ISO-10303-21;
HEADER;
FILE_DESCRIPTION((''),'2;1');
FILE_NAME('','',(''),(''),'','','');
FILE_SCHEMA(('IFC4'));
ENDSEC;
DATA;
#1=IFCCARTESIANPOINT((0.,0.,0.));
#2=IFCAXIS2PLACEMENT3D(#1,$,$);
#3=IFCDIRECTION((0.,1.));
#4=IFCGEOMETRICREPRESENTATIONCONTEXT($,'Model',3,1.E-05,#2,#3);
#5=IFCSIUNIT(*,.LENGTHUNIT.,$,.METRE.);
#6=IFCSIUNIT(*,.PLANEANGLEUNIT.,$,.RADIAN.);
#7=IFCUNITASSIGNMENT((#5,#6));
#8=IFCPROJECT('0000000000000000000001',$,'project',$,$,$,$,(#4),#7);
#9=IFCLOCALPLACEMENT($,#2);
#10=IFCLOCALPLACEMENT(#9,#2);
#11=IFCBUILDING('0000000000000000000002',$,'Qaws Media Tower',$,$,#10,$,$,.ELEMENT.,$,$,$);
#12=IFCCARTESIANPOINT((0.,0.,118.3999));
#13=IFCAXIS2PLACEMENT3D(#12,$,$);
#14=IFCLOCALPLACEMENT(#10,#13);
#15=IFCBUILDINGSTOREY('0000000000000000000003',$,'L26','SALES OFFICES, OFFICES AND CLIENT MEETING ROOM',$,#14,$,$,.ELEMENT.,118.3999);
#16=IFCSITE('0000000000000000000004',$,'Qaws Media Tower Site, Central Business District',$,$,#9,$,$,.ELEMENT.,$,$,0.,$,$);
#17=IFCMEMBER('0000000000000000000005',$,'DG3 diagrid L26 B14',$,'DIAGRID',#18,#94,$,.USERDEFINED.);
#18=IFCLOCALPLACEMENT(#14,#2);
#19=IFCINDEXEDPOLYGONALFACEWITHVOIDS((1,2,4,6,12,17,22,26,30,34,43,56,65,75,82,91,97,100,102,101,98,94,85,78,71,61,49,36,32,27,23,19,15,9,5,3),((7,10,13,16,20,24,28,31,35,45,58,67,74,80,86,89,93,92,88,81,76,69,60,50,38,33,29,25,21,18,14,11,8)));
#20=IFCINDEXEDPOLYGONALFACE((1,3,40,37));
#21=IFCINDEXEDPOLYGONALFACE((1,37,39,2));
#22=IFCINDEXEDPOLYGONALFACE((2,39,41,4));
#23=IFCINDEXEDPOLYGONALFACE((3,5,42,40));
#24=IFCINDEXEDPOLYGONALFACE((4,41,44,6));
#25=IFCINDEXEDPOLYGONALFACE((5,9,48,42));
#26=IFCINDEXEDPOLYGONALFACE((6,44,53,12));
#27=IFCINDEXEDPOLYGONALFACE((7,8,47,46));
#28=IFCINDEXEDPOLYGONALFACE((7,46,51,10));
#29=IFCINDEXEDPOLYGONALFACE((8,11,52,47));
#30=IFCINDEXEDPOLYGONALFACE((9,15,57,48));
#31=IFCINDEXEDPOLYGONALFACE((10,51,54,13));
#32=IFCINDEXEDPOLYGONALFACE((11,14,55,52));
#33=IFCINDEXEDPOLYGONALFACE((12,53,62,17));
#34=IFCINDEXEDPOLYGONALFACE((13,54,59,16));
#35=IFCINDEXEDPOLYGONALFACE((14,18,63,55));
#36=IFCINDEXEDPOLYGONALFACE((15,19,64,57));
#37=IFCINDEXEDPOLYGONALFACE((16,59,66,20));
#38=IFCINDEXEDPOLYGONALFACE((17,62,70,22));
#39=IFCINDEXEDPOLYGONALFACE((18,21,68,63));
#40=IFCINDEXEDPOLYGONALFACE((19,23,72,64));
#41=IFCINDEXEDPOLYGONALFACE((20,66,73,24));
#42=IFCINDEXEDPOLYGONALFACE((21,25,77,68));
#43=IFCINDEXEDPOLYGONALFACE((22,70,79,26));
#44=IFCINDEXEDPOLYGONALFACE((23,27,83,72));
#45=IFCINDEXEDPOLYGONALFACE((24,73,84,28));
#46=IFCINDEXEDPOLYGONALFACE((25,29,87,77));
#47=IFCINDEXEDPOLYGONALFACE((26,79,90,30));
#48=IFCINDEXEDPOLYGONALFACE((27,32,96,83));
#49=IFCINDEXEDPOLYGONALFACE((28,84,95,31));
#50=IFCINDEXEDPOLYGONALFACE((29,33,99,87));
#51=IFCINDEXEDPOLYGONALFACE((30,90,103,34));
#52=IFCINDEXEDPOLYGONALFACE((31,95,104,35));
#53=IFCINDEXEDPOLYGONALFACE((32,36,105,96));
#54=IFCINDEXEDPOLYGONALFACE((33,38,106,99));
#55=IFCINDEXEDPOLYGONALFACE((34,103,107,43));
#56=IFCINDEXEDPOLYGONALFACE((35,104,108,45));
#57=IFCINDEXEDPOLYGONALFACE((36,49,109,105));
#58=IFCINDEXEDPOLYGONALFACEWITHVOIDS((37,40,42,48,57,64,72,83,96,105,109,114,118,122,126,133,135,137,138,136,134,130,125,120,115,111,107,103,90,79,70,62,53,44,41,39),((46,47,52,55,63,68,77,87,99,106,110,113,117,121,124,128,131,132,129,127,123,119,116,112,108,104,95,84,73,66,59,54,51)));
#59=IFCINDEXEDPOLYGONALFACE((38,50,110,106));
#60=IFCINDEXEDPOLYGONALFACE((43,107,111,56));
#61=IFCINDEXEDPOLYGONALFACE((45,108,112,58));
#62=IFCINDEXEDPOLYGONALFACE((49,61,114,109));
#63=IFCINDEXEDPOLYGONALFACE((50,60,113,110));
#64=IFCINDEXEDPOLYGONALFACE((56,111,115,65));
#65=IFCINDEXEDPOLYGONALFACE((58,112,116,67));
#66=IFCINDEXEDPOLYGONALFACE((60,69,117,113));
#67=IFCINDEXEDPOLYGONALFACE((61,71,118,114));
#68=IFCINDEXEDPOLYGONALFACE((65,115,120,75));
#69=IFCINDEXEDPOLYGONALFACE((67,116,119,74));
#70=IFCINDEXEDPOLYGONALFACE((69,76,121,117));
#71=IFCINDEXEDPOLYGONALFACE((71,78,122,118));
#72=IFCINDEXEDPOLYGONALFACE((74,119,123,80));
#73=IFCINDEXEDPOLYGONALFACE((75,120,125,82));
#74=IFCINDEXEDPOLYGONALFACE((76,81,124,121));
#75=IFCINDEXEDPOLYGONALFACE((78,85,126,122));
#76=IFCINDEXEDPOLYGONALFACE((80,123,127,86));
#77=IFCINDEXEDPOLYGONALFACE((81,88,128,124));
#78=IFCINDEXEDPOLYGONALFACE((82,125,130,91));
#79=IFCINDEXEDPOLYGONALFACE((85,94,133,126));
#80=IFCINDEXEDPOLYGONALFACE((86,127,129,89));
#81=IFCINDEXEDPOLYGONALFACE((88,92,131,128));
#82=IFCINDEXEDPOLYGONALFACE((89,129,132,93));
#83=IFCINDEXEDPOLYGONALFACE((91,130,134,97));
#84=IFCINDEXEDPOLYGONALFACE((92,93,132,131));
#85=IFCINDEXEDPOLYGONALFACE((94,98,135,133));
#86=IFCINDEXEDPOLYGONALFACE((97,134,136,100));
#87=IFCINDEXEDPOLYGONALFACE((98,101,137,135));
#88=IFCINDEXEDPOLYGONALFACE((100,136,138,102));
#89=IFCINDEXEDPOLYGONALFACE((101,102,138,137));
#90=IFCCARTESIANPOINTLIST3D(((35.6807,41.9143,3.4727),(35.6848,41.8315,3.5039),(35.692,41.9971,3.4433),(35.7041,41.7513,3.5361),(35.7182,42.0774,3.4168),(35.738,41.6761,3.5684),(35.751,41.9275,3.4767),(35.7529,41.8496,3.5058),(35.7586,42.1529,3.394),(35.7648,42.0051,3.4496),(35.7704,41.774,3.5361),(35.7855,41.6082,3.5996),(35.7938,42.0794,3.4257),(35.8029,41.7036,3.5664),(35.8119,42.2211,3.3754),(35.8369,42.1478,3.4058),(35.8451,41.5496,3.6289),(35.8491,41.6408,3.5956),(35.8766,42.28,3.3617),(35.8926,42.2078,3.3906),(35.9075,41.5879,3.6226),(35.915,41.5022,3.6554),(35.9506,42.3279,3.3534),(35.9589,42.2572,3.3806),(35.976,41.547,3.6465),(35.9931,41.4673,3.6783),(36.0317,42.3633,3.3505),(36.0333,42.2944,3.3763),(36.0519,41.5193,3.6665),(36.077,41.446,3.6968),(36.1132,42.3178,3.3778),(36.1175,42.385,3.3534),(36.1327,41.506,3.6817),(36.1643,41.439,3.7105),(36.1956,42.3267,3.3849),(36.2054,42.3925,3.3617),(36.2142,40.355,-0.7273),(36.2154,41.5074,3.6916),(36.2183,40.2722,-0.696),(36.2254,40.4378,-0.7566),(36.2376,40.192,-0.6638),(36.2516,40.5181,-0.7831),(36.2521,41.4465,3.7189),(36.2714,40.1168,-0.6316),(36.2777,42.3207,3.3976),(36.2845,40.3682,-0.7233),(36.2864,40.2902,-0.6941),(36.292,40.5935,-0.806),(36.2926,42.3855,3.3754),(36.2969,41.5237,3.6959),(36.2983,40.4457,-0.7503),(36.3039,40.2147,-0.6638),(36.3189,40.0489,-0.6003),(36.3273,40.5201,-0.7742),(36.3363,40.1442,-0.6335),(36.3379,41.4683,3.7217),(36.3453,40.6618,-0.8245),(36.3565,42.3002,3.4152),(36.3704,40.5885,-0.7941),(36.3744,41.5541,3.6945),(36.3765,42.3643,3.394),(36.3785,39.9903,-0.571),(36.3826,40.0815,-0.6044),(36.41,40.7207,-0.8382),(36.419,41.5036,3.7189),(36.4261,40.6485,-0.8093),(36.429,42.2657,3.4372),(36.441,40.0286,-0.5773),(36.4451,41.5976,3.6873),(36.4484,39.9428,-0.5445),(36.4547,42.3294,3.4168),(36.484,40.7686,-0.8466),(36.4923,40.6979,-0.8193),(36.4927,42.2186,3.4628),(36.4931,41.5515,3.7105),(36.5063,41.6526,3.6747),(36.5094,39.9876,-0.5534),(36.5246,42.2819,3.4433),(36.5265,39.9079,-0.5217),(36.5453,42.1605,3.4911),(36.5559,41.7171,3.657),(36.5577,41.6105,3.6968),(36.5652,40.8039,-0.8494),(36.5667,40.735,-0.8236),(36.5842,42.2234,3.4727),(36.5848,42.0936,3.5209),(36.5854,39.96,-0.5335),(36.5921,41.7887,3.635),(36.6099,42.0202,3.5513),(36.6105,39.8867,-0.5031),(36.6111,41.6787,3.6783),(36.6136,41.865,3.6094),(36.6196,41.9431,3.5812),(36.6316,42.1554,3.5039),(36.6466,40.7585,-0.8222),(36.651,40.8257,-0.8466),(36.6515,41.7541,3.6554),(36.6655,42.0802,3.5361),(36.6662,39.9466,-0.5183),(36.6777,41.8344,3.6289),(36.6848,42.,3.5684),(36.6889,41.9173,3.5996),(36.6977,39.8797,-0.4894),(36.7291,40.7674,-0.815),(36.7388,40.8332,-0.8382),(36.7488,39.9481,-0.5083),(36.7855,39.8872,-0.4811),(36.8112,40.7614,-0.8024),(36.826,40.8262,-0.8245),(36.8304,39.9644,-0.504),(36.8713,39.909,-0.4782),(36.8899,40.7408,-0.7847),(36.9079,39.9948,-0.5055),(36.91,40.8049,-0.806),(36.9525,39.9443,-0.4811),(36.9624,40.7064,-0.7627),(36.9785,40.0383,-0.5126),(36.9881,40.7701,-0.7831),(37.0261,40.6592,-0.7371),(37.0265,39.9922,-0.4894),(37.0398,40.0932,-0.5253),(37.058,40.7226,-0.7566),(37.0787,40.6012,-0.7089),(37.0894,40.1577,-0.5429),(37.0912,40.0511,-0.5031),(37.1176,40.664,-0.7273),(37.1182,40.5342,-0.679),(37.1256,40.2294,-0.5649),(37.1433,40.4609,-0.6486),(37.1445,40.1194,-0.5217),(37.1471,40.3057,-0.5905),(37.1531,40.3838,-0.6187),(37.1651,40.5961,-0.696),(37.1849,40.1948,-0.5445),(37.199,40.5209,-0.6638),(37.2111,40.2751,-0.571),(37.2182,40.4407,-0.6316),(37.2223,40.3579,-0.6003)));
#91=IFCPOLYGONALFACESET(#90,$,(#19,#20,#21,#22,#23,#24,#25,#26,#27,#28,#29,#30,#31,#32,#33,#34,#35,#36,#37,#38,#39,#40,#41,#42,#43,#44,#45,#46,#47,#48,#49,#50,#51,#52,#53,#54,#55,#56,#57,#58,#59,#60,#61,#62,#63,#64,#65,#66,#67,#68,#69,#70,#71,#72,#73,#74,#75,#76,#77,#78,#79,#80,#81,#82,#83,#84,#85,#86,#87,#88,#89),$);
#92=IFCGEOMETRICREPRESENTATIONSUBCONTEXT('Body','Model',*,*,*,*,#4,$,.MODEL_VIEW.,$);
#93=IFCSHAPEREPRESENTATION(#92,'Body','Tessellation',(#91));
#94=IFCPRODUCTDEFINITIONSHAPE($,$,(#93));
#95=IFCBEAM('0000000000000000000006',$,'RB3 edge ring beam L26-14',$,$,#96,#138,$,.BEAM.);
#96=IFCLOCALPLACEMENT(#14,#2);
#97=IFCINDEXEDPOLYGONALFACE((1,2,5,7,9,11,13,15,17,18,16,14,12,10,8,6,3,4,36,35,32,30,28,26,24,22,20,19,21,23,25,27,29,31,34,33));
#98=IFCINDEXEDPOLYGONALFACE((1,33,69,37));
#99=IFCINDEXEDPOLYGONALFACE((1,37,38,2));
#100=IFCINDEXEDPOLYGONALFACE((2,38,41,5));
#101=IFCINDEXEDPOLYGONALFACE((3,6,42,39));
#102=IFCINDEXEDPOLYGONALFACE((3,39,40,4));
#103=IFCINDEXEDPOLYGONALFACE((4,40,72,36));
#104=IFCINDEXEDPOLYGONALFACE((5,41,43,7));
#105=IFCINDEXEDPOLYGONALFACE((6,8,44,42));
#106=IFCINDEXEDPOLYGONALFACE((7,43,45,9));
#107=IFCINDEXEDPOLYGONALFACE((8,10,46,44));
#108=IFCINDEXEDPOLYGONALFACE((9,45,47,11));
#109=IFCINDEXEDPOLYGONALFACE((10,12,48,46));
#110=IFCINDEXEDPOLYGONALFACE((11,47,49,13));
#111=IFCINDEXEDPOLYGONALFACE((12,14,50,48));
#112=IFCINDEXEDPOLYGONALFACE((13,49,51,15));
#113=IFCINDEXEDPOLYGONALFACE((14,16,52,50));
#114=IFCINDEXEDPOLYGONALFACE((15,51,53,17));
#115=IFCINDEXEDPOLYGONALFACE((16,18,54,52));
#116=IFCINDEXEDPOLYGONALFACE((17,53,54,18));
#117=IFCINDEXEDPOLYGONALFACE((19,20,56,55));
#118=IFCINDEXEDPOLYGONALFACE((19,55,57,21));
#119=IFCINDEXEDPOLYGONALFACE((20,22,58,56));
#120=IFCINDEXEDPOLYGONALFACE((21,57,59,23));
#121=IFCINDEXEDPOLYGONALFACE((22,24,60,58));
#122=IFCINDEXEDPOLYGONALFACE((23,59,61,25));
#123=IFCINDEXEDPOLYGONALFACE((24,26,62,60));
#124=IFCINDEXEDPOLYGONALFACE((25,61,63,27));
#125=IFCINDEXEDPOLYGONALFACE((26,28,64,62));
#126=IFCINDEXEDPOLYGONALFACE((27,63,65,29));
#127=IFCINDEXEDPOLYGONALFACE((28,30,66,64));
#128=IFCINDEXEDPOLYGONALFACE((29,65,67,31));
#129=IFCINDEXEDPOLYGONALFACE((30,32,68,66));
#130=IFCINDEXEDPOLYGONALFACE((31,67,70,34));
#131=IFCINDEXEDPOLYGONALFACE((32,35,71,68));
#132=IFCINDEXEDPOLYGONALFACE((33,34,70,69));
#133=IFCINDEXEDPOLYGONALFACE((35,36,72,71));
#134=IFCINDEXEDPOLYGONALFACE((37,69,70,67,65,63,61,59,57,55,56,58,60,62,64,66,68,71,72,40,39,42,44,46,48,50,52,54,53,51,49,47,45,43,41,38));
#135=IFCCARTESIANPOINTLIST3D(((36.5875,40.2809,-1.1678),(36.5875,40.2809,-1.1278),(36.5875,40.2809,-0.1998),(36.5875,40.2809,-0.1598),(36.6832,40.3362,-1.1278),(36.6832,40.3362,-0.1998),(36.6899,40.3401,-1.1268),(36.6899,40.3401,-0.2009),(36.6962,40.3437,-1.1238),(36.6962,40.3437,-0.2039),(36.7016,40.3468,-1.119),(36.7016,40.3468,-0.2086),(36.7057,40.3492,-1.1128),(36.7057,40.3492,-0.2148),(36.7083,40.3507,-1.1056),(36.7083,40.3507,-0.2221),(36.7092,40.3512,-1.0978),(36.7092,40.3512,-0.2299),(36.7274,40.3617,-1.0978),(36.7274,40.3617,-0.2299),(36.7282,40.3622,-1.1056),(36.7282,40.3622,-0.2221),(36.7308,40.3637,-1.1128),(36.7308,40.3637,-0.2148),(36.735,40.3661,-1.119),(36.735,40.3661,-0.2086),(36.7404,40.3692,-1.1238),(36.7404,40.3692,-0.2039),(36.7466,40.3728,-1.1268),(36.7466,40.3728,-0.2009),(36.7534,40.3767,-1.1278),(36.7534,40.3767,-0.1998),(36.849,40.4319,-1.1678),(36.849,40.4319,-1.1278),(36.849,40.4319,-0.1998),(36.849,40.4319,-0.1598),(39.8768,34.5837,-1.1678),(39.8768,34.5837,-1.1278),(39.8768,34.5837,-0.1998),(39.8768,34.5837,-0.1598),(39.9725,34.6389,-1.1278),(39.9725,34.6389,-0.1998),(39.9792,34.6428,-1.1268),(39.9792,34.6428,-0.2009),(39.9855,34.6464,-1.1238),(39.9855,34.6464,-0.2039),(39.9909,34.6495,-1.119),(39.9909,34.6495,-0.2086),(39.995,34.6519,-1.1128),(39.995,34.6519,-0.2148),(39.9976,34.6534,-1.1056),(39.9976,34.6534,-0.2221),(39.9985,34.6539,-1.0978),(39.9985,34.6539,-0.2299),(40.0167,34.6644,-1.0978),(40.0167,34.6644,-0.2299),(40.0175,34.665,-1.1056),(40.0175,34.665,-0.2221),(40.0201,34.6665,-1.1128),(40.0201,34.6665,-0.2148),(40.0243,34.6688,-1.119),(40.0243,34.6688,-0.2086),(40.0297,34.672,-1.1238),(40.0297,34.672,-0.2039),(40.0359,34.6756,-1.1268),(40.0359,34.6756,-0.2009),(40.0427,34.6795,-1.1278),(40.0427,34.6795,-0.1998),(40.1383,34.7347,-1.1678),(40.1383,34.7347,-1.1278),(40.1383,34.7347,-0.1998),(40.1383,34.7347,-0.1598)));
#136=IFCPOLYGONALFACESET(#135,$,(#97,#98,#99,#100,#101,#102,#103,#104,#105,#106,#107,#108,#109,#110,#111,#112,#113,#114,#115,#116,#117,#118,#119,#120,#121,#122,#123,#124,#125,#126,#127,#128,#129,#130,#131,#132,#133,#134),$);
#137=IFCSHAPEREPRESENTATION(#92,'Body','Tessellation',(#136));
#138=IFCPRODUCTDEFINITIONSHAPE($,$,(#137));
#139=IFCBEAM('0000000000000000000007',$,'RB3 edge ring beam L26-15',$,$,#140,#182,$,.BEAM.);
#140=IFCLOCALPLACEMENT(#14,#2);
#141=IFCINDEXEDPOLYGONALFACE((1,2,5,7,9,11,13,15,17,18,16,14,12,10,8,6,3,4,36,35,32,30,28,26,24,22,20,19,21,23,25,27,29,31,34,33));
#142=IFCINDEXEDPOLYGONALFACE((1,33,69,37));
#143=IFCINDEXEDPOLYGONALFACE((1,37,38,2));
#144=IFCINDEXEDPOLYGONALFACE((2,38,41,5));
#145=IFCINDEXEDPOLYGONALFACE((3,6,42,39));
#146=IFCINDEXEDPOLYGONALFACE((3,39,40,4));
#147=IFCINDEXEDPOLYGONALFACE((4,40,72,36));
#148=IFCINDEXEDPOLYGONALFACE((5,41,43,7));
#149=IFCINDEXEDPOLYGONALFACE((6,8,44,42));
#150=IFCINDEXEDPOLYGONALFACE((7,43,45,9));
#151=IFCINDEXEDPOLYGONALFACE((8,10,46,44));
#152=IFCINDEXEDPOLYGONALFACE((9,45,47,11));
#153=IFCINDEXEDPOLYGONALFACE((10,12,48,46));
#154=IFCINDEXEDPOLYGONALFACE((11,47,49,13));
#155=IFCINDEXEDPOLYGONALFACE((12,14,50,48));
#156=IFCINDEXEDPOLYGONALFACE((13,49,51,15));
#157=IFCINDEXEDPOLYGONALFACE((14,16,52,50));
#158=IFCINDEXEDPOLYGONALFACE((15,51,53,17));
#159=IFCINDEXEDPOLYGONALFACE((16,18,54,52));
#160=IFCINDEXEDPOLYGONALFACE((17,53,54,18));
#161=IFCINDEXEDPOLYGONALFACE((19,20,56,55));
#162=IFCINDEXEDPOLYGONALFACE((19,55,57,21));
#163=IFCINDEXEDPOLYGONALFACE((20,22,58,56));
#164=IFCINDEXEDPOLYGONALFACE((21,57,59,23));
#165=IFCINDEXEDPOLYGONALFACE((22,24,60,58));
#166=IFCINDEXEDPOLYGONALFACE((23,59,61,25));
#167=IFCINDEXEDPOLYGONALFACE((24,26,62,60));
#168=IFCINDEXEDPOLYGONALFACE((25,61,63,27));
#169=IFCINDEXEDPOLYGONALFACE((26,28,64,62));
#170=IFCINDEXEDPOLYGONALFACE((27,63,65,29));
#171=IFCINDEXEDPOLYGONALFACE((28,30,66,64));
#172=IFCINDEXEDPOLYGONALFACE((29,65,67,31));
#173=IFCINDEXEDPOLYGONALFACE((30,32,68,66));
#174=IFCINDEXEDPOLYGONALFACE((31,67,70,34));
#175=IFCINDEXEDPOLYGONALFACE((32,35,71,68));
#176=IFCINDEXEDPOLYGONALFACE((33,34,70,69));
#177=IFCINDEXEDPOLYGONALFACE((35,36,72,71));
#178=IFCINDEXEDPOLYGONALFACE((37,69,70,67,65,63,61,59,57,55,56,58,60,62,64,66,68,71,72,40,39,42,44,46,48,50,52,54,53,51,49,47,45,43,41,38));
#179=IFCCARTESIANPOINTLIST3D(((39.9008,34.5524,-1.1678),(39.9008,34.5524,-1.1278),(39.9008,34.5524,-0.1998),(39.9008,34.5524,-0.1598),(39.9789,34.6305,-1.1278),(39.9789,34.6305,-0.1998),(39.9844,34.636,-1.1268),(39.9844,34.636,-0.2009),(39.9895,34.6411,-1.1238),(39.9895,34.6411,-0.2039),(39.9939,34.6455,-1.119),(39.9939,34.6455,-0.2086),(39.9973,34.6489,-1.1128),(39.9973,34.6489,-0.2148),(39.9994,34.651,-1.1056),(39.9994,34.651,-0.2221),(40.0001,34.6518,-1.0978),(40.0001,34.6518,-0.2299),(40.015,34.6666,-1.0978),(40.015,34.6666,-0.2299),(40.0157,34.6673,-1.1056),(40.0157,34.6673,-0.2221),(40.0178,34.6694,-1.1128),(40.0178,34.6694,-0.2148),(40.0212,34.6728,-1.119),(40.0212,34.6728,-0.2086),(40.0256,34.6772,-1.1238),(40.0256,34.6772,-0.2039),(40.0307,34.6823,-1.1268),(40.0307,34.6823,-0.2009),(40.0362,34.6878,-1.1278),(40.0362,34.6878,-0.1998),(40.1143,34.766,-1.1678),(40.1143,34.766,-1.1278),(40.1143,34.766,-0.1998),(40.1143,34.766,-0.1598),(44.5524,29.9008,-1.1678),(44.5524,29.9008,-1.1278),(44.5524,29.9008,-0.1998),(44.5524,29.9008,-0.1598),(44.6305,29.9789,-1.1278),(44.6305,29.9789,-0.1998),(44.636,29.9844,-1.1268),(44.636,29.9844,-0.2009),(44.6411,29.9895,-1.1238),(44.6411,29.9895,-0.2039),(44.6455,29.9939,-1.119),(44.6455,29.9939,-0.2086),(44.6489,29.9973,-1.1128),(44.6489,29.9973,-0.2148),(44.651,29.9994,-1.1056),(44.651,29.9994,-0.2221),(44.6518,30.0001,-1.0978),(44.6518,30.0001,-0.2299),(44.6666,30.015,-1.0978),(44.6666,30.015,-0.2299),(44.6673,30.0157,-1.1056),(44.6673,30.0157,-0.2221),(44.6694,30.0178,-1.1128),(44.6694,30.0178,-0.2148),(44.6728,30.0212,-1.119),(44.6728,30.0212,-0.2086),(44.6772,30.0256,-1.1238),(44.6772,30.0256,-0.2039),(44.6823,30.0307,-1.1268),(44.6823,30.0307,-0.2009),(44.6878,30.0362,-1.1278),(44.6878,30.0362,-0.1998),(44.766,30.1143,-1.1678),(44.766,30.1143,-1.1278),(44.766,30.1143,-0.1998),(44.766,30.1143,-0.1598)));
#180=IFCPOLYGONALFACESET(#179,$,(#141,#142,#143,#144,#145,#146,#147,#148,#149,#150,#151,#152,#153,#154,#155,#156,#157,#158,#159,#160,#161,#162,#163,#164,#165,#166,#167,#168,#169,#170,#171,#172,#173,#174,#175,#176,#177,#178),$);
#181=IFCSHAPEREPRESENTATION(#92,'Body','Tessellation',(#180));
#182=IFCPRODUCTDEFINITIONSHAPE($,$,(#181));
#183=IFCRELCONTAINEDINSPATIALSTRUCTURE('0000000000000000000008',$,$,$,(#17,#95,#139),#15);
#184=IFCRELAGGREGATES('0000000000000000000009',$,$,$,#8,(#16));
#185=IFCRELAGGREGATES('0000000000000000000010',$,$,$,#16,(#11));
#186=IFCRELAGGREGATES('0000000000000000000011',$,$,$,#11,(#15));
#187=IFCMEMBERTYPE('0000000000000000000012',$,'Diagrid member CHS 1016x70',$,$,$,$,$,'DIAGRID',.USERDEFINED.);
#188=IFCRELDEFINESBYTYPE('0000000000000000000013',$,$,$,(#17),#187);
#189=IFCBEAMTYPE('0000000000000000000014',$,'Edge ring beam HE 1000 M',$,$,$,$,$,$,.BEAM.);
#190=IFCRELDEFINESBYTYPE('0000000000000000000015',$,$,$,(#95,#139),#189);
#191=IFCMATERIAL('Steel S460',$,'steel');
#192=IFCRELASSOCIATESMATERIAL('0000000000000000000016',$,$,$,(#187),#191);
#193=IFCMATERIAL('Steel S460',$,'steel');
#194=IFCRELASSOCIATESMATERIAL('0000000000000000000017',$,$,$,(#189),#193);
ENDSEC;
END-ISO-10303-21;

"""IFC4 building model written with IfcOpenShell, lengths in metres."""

from ifc_helpers import new_model, si_unit, direction, frame, origin, origin_2d, place, context, subcontext, project, spatial, hollow_circle, i_section, extrude, material, material_profile, profile_set, type_object, element, save


model = new_model("IFC4")

# Units and contexts
model_context = context("Model", 3, precision=1e-05, world=origin(), true_north=direction((0.0, 1.0)))
body_context = subcontext(model_context, "Body", "Model", "MODEL_VIEW")
ifc_project = project(units=[si_unit("LENGTHUNIT", "METRE"), si_unit("PLANEANGLEUNIT", "RADIAN")], contexts=[model_context])

# Site, building, storey
site_placement = place(None, origin())
site = spatial("IfcSite", under=ifc_project, at=site_placement, Name="Qaws Media Tower Site, Central Business District", CompositionType="ELEMENT", RefElevation=0.0)
building_placement = place(site_placement, origin())
building = spatial("IfcBuilding", under=site, at=building_placement, Name="Qaws Media Tower", CompositionType="ELEMENT")
storey_placement = place(building_placement, frame((0.0, 0.0, 118.3999)))
storey = spatial("IfcBuildingStorey", under=building, at=storey_placement, Name="L26", Description="SALES OFFICES, OFFICES AND CLIENT MEETING ROOM", CompositionType="ELEMENT", Elevation=118.3999)

# Member
ifc_material_1 = material(Name="Steel S460", Category="steel")
ifc_material_profile_1 = material_profile(ifc_material_1, hollow_circle(Radius=0.5081, WallThickness=0.0701, at=origin_2d()), Name="CHS 1016x70")
ifc_profile_set_1 = profile_set([ifc_material_profile_1], Name="Steel S460")
member_type_1 = type_object("IfcMemberType", Name="Diagrid member CHS 1016x70", ElementType="DIAGRID", PredefinedType="USERDEFINED", material=ifc_profile_set_1)
for number, where, z_axis, x_axis, name in (
    (1, (36.7183, 40.3564, -0.6638), (-0.118236, 0.345616, 0.930897), (-0.946165, -0.323684, 0.0), "DG3 diagrid L26 B14"),
):
    element("IfcMember", number, at=place(storey_placement, frame(where, z_axis=z_axis, x_axis=x_axis)), inside=storey, type_object=member_type_1, Name=name, ObjectType="DIAGRID", PredefinedType="USERDEFINED", context=body_context, shape_type="SweptSolid", body=[
        extrude(hollow_circle(Radius=0.5081, WallThickness=0.0701, at=origin_2d()), origin(), (0.0, 0.0, 1.0), 4.5117),
    ])

# Beams
ifc_material_2 = material(Name="Steel S460", Category="steel")
ifc_material_profile_2 = material_profile(ifc_material_2, i_section(OverallWidth=0.302, OverallDepth=1.0081, WebThickness=0.021, FlangeThickness=0.04, FilletRadius=0.03, at=origin_2d()), Name="HE 1000 M")
ifc_profile_set_2 = profile_set([ifc_material_profile_2], Name="Steel S460")
beam_type = type_object("IfcBeamType", Name="Edge ring beam HE 1000 M", PredefinedType="BEAM", material=ifc_profile_set_2)
beam_1_placement = place(storey_placement, frame((36.7183, 40.3564, -0.6638), z_axis=(0.499999, -0.866026, 0.0), x_axis=(0.866026, 0.499999, 0.0)))
element("IfcBeam", 2, at=beam_1_placement, inside=storey, type_object=beam_type, Name="RB3 edge ring beam L26-14", PredefinedType="BEAM", context=body_context, shape_type="SweptSolid", body=[
    extrude(i_section(OverallWidth=0.302, OverallDepth=1.0081, WebThickness=0.021, FlangeThickness=0.04, FilletRadius=0.03, at=origin_2d()), origin(), (0.0, 0.0, 1.0), 6.5786),
])
beam_2_placement = place(storey_placement, frame((40.0076, 34.6592, -0.6638), z_axis=(0.707107, -0.707107, 0.0), x_axis=(0.707107, 0.707107, 0.0)))
element("IfcBeam", 3, at=beam_2_placement, inside=storey, type_object=beam_type, Name="RB3 edge ring beam L26-15", PredefinedType="BEAM", context=body_context, shape_type="SweptSolid", body=[
    extrude(i_section(OverallWidth=0.302, OverallDepth=1.0081, WebThickness=0.021, FlangeThickness=0.04, FilletRadius=0.03, at=origin_2d()), origin(), (0.0, 0.0, 1.0), 6.5784),
])

save(model, "model.ifc")
